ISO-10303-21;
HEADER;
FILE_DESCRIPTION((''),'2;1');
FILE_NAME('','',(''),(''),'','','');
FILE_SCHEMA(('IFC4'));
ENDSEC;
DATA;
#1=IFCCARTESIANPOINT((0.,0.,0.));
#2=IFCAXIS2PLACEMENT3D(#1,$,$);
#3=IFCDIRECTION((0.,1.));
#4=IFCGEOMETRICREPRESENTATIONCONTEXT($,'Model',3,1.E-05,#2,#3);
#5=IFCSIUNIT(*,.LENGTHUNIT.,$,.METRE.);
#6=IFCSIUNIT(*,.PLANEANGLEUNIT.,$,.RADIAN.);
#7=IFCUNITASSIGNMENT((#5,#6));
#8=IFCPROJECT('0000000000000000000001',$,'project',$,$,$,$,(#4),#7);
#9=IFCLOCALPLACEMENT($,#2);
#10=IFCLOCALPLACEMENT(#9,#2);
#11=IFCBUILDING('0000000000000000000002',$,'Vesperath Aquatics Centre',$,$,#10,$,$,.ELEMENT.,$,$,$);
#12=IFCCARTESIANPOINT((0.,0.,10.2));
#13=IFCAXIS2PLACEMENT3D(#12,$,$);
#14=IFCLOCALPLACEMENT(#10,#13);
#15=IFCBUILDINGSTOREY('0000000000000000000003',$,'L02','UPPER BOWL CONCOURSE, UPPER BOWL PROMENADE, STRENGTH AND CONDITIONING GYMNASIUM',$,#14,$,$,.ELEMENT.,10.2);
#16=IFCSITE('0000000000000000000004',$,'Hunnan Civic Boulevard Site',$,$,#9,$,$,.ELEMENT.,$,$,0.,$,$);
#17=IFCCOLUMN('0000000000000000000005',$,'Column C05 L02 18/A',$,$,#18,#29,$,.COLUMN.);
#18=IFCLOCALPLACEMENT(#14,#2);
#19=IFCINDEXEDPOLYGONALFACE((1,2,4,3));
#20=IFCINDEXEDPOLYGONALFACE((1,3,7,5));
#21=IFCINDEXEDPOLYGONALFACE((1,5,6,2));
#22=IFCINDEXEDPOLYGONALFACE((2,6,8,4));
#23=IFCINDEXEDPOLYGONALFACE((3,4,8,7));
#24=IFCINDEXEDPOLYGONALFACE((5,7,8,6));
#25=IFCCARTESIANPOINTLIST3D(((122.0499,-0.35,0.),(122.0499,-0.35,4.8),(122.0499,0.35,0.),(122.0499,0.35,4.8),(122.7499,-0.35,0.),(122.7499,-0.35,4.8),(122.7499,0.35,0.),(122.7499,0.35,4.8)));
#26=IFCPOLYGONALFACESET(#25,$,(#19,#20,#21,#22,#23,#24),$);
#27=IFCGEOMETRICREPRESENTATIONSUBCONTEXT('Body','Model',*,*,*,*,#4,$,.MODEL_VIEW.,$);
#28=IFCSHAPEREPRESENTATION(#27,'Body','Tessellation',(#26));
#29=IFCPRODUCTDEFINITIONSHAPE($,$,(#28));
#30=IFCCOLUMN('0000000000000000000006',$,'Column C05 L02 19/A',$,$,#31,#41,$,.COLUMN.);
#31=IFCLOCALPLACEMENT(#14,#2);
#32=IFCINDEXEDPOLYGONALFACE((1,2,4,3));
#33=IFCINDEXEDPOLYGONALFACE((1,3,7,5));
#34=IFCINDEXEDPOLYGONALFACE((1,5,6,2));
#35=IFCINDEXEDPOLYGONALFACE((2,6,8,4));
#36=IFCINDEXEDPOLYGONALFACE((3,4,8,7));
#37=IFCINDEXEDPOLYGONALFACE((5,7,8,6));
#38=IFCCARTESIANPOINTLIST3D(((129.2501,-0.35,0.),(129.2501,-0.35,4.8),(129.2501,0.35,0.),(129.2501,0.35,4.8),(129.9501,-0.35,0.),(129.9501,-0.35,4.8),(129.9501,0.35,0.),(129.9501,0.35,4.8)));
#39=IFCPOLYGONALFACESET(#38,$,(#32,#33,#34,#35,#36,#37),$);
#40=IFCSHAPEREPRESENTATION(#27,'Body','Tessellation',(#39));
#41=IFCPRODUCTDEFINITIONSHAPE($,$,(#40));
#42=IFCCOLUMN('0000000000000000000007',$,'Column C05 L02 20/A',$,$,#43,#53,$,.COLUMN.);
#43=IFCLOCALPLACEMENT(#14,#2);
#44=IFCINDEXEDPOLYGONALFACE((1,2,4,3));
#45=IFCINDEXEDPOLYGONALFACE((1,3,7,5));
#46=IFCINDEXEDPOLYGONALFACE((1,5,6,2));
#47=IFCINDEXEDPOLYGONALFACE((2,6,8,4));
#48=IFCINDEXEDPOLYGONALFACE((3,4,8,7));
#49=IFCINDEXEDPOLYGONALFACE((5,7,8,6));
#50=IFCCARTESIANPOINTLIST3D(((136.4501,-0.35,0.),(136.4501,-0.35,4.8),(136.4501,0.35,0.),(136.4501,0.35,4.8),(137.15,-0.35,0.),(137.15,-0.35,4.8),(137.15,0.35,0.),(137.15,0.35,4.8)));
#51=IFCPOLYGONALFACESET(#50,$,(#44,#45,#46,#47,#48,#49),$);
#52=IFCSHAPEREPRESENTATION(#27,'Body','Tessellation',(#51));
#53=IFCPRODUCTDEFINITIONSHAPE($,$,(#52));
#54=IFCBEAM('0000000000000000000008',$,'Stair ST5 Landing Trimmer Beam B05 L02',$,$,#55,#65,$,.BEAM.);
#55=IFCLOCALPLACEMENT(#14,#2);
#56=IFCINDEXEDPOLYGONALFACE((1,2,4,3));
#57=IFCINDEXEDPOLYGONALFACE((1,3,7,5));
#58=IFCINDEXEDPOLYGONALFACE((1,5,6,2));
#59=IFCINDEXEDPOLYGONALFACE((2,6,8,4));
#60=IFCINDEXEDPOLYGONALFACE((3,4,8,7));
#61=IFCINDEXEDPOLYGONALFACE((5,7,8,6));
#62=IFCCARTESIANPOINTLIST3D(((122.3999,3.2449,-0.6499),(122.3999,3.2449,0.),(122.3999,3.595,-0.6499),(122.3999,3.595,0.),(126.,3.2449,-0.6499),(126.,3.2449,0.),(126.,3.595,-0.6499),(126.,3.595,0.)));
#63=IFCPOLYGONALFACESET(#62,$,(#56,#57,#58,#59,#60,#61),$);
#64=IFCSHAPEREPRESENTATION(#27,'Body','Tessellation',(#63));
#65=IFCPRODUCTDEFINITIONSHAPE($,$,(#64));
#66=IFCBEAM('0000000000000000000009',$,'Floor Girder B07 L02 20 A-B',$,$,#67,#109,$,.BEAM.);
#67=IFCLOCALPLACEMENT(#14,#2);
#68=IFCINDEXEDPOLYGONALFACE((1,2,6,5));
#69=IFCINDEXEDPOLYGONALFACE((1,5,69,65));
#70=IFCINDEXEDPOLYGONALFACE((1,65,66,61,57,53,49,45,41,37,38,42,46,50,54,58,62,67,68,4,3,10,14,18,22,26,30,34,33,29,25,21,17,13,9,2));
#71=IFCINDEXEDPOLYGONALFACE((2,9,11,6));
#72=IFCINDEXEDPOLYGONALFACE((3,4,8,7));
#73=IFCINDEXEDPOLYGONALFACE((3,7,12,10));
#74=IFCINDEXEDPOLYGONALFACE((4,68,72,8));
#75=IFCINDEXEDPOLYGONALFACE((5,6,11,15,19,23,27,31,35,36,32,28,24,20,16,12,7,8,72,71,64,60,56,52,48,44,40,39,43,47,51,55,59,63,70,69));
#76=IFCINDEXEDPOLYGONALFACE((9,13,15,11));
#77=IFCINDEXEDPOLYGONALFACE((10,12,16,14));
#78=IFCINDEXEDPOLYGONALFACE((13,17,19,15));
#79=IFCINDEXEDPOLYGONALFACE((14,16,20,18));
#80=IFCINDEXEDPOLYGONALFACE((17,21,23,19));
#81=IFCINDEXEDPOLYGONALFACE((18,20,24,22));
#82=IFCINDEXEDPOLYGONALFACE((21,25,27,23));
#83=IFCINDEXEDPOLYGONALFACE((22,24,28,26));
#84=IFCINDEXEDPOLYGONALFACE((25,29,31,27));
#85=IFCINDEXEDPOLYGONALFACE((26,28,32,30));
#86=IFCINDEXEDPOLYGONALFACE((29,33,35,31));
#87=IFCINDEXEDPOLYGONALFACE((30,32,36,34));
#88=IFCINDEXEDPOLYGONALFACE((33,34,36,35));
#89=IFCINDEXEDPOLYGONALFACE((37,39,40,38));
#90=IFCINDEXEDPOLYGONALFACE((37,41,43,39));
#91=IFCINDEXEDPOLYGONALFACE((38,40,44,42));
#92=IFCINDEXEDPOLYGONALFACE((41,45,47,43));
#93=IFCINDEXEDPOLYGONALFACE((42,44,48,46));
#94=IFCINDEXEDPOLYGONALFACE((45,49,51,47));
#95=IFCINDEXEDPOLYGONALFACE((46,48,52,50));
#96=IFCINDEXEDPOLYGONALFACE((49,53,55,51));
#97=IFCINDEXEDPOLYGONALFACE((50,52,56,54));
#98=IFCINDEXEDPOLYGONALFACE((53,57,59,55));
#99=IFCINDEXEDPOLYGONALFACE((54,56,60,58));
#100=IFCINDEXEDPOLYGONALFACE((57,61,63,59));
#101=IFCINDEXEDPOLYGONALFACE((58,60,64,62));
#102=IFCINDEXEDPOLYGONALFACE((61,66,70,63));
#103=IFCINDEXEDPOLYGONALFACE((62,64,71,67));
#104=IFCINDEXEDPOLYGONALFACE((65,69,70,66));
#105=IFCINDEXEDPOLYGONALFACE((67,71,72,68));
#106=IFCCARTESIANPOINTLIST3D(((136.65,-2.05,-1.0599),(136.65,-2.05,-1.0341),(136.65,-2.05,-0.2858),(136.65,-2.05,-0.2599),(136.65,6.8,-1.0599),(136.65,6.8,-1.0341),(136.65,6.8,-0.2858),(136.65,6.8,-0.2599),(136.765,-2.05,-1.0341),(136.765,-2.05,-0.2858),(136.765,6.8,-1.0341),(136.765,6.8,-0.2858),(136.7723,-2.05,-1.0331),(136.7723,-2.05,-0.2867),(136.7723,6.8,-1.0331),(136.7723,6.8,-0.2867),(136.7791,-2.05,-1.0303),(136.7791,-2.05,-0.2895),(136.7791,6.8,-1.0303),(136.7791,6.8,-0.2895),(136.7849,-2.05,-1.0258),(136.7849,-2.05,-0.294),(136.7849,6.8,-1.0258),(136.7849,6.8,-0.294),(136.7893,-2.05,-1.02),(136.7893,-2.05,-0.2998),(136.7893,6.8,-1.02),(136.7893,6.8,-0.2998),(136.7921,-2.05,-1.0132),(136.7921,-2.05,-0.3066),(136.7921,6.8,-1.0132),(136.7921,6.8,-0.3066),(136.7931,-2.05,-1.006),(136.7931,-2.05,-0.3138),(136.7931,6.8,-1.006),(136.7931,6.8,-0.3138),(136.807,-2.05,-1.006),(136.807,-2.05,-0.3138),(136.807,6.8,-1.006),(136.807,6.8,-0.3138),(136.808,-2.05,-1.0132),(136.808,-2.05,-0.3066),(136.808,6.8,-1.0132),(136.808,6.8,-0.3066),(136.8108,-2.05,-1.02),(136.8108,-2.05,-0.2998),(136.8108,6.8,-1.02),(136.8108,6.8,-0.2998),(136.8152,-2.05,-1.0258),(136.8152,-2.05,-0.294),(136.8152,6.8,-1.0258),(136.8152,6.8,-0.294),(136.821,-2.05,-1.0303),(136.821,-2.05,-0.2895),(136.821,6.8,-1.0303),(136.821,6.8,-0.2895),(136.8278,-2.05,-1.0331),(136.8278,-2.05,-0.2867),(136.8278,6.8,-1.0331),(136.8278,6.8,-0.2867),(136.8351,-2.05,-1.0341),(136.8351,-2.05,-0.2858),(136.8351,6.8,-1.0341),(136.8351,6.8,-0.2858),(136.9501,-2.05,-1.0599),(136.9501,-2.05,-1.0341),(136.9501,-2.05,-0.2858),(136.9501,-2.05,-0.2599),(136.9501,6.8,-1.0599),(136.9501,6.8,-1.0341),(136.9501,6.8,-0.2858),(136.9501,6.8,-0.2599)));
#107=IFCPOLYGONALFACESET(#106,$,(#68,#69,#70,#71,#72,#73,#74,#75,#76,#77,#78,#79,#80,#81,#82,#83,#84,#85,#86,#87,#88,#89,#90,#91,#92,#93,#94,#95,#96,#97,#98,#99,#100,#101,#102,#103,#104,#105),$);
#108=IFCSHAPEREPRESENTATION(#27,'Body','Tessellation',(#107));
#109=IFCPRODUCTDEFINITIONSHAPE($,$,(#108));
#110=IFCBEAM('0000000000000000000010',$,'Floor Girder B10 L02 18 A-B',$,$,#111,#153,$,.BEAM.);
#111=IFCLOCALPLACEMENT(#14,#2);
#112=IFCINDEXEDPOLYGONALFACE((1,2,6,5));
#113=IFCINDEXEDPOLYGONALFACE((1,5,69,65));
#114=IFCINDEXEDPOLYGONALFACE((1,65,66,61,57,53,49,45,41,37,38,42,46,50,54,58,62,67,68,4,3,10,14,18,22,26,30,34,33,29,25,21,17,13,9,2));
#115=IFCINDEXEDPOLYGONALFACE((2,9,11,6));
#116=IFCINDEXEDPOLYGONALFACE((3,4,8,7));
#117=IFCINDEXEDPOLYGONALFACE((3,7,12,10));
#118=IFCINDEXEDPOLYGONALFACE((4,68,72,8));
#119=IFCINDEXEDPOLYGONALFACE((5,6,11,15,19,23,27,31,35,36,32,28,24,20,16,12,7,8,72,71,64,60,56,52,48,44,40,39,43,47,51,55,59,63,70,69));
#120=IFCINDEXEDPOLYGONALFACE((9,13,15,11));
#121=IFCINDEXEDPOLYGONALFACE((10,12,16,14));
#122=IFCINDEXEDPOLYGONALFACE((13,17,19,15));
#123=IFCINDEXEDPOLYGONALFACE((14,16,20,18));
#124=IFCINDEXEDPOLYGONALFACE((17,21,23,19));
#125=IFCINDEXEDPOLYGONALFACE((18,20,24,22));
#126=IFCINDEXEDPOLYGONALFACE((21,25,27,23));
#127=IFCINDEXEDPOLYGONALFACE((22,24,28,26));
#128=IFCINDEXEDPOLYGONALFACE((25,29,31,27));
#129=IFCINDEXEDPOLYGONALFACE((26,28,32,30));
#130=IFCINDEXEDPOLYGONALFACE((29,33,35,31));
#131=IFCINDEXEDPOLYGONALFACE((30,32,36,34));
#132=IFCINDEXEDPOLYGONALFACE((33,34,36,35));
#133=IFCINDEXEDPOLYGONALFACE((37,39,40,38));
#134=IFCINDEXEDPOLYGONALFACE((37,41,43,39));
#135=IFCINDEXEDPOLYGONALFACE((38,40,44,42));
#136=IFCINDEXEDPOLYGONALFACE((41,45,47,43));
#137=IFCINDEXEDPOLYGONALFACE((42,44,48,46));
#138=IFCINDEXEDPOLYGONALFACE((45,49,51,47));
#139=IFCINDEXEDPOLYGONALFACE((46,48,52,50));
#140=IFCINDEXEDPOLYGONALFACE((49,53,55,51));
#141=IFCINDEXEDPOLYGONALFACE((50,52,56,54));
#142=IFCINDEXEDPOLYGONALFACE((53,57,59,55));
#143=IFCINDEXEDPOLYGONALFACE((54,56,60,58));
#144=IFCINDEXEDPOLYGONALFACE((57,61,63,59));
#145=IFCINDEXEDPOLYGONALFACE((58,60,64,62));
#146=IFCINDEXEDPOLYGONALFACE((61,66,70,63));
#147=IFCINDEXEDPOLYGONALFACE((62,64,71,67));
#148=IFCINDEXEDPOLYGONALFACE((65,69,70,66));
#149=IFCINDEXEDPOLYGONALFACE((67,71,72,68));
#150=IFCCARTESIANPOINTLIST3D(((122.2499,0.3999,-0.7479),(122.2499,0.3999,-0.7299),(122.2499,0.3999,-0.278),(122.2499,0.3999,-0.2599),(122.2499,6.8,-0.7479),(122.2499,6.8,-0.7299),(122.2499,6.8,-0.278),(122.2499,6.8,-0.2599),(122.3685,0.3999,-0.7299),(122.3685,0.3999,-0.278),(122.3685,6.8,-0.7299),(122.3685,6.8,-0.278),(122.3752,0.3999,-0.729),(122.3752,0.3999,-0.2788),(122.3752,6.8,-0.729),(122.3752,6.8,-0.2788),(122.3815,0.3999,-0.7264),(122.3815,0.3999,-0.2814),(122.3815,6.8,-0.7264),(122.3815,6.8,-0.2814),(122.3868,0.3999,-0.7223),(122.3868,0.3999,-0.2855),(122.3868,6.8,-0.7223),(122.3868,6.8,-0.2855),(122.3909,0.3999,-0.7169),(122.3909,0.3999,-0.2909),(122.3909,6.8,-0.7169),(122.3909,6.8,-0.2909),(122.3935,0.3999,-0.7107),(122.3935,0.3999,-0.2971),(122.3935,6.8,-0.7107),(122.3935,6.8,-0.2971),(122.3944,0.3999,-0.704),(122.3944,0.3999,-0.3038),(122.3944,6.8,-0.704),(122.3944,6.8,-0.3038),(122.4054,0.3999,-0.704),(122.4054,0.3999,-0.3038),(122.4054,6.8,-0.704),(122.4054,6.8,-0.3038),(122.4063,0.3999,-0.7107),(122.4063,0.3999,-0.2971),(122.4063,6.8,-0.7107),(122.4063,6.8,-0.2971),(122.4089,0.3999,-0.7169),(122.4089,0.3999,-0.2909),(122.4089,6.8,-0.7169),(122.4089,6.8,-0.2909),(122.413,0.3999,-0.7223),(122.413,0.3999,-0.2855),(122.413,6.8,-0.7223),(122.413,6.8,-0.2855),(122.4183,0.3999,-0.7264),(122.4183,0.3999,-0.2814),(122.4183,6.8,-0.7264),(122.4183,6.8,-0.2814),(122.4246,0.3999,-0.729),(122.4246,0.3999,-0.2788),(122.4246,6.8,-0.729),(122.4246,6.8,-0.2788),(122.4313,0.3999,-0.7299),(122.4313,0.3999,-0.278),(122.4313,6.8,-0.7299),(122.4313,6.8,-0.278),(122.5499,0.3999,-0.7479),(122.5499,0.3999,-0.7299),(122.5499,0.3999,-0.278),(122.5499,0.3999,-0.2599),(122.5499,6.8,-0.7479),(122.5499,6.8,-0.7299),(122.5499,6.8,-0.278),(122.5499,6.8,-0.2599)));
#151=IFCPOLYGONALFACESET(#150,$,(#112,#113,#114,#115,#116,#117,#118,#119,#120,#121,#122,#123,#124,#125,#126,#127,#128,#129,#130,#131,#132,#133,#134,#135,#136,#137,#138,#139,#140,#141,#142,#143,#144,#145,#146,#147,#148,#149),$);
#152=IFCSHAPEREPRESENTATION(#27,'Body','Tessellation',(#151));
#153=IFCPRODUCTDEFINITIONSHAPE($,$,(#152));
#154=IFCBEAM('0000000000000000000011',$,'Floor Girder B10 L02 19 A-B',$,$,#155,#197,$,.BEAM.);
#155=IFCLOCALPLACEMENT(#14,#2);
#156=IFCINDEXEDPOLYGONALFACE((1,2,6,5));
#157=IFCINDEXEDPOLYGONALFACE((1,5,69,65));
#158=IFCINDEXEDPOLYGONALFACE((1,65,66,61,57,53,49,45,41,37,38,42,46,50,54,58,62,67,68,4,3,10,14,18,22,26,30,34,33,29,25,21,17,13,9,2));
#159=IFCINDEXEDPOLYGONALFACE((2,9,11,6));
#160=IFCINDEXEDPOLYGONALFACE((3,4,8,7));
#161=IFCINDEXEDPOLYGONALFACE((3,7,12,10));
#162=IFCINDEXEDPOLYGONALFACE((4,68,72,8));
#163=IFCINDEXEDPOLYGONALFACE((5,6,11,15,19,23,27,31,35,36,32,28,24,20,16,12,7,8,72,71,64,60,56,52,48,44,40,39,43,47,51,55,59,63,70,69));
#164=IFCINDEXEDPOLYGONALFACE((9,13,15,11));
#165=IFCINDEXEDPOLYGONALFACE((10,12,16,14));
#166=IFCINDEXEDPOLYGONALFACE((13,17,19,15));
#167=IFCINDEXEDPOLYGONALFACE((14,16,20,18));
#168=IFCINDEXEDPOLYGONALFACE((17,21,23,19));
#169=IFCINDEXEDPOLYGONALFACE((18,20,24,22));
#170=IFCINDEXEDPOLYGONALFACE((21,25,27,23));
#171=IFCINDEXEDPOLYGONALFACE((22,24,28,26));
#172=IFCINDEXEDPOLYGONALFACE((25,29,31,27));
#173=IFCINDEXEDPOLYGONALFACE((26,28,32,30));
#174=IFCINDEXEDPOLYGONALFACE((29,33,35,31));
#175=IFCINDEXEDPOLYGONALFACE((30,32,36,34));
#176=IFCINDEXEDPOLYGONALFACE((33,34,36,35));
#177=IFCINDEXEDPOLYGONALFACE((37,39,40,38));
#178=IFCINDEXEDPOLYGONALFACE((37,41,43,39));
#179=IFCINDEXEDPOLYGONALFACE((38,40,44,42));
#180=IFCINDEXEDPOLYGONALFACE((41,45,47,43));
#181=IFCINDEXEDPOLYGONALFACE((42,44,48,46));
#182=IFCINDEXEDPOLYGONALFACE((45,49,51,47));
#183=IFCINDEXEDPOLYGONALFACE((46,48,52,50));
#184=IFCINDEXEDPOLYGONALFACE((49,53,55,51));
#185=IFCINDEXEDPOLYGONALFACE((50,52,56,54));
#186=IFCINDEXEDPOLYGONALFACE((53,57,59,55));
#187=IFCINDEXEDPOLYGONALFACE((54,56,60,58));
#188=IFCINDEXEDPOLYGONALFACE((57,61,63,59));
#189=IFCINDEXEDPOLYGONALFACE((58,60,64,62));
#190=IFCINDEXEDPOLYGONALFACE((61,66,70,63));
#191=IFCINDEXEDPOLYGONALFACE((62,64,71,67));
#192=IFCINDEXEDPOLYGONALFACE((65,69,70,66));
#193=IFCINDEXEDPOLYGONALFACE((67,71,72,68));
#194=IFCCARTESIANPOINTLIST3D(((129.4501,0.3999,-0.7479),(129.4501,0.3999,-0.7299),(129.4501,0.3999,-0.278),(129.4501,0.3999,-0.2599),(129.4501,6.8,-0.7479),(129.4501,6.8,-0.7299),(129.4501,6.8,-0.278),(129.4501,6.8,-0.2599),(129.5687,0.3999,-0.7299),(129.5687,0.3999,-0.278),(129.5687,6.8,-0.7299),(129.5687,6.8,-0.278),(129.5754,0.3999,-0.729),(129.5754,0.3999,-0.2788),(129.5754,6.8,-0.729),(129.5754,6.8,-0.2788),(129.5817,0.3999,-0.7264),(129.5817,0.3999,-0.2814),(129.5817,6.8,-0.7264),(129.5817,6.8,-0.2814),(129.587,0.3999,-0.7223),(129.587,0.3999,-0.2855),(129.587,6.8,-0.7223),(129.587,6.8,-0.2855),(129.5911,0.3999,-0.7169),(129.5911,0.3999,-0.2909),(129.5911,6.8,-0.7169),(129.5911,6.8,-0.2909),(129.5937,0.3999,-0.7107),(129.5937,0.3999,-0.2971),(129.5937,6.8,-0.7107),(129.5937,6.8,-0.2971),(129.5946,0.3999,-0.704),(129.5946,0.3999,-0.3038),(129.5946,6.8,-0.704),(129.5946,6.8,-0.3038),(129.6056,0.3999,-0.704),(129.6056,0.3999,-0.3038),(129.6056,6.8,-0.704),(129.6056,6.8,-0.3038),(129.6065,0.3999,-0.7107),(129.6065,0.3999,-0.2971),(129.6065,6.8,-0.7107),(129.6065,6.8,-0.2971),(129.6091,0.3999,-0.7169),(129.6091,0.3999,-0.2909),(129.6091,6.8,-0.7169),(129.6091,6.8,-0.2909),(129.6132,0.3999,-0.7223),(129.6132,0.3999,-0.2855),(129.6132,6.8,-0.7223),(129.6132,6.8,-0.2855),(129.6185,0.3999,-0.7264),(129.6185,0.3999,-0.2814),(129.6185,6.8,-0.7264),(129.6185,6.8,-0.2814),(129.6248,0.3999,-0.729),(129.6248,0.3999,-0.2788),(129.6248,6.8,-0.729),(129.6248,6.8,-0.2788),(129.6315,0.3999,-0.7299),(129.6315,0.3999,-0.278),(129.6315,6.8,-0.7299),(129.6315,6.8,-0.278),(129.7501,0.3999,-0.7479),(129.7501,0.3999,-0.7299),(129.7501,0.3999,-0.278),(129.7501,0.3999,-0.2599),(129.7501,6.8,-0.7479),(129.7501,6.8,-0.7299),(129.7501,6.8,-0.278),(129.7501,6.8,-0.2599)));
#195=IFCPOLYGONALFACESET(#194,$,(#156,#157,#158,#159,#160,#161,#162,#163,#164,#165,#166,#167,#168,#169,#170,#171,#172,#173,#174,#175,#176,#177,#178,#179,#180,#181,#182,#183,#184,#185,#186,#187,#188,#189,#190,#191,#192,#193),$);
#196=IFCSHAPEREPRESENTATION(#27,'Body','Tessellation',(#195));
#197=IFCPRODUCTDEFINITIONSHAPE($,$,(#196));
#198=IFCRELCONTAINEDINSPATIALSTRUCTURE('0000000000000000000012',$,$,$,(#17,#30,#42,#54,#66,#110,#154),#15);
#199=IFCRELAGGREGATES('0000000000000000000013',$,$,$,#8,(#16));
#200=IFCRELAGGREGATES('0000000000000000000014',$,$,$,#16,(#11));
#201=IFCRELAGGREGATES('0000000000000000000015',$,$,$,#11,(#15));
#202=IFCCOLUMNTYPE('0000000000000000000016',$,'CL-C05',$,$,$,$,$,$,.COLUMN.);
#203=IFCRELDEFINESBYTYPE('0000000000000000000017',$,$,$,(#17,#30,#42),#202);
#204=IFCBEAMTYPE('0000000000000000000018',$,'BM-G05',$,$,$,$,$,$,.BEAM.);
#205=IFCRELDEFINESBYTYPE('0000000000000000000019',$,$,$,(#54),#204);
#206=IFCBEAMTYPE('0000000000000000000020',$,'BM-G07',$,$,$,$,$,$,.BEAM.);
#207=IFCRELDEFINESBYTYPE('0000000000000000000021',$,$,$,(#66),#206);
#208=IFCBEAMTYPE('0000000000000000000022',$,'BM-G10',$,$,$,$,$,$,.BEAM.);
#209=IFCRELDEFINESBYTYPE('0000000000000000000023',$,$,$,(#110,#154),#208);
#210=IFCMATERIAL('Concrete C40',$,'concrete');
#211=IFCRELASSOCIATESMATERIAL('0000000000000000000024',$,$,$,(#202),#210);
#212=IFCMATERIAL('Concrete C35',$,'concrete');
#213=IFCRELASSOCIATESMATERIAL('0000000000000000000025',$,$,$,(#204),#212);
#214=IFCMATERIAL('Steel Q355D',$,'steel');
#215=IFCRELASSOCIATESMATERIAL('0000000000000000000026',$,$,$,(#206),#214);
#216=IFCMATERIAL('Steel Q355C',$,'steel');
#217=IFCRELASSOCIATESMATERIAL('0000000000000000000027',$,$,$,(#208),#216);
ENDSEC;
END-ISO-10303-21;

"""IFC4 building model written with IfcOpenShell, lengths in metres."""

from ifc_helpers import new_model, si_unit, direction, frame, origin, origin_2d, place, context, subcontext, project, spatial, rectangle, i_section, extrude, material, material_profile, profile_set, type_object, element, save


model = new_model("IFC4")

# Units and contexts
model_context = context("Model", 3, precision=1e-05, world=origin(), true_north=direction((0.0, 1.0)))
body_context = subcontext(model_context, "Body", "Model", "MODEL_VIEW")
ifc_project = project(units=[si_unit("LENGTHUNIT", "METRE"), si_unit("PLANEANGLEUNIT", "RADIAN")], contexts=[model_context])

# Site, building, storey
site_placement = place(None, origin())
site = spatial("IfcSite", under=ifc_project, at=site_placement, Name="Hunnan Civic Boulevard Site", CompositionType="ELEMENT", RefElevation=0.0)
building_placement = place(site_placement, origin())
building = spatial("IfcBuilding", under=site, at=building_placement, Name="Vesperath Aquatics Centre", CompositionType="ELEMENT")
storey_placement = place(building_placement, frame((0.0, 0.0, 10.2)))
storey = spatial("IfcBuildingStorey", under=building, at=storey_placement, Name="L02", Description="UPPER BOWL CONCOURSE, UPPER BOWL PROMENADE, STRENGTH AND CONDITIONING GYMNASIUM", CompositionType="ELEMENT", Elevation=10.2)

# Columns
ifc_material_1 = material(Name="Concrete C40", Category="concrete")
ifc_material_profile_1 = material_profile(ifc_material_1, rectangle(XDim=0.7, YDim=0.7, at=origin_2d()), Name="RC 700x700")
ifc_profile_set_1 = profile_set([ifc_material_profile_1], Name="Concrete C40")
column_type = type_object("IfcColumnType", Name="CL-C05", PredefinedType="COLUMN", material=ifc_profile_set_1)
for number, where, z_axis, x_axis, name in (
    (1, (122.3999, 0.0, 0.0), (0.0, 0.0, 1.0), (1.0, 0.0, 0.0), "Column C05 L02 18/A"),
    (2, (129.6001, 0.0, 0.0), (0.0, 0.0, 1.0), (1.0, 0.0, 0.0), "Column C05 L02 19/A"),
    (3, (136.8, 0.0, 0.0), (0.0, 0.0, 1.0), (1.0, 0.0, 0.0), "Column C05 L02 20/A"),
):
    element("IfcColumn", number, at=place(storey_placement, frame(where, z_axis=z_axis, x_axis=x_axis)), inside=storey, type_object=column_type, Name=name, PredefinedType="COLUMN", context=body_context, shape_type="SweptSolid", body=[
        extrude(rectangle(XDim=0.7, YDim=0.7, at=origin_2d()), origin(), (0.0, 0.0, 1.0), 4.8),
    ])

# Beams
ifc_material_2 = material(Name="Concrete C35", Category="concrete")
ifc_material_profile_2 = material_profile(ifc_material_2, rectangle(XDim=0.3501, YDim=0.6499, at=origin_2d()), Name="RC 350x650")
ifc_profile_set_2 = profile_set([ifc_material_profile_2], Name="Concrete C35")
beam_type_1 = type_object("IfcBeamType", Name="BM-G05", PredefinedType="BEAM", material=ifc_profile_set_2)
beam_1_placement = place(storey_placement, frame((122.3999, 3.4199, -0.325), z_axis=(1.0, 0.0, 0.0), x_axis=(0.0, 1.0, 0.0)))
element("IfcBeam", 4, at=beam_1_placement, inside=storey, type_object=beam_type_1, Name="Stair ST5 Landing Trimmer Beam B05 L02", PredefinedType="BEAM", context=body_context, shape_type="SweptSolid", body=[
    extrude(rectangle(XDim=0.3501, YDim=0.6499, at=origin_2d()), origin(), (0.0, 0.0, 1.0), 3.6001),
])
ifc_material_3 = material(Name="Steel Q355D", Category="steel")
ifc_material_profile_3 = material_profile(ifc_material_3, i_section(OverallWidth=0.3, OverallDepth=0.8, WebThickness=0.0139, FlangeThickness=0.0259, FilletRadius=0.0281, at=origin_2d()), Name="HN 800x300x14x26")
ifc_profile_set_3 = profile_set([ifc_material_profile_3], Name="Steel Q355D")
beam_type_2 = type_object("IfcBeamType", Name="BM-G07", PredefinedType="BEAM", material=ifc_profile_set_3)
beam_2_placement = place(storey_placement, frame((136.8, -2.05, -0.6599), z_axis=(0.0, 1.0, 0.0), x_axis=(-1.0, 0.0, 0.0)))
element("IfcBeam", 5, at=beam_2_placement, inside=storey, type_object=beam_type_2, Name="Floor Girder B07 L02 20 A-B", PredefinedType="BEAM", context=body_context, shape_type="SweptSolid", body=[
    extrude(i_section(OverallWidth=0.3, OverallDepth=0.8, WebThickness=0.0139, FlangeThickness=0.0259, FilletRadius=0.0281, at=origin_2d()), origin(), (0.0, 0.0, 1.0), 8.8501),
])
ifc_material_4 = material(Name="Steel Q355C", Category="steel")
ifc_material_profile_4 = material_profile(ifc_material_4, i_section(OverallWidth=0.3, OverallDepth=0.488, WebThickness=0.011, FlangeThickness=0.0181, FilletRadius=0.0259, at=origin_2d()), Name="HM 488x300x11x18")
ifc_profile_set_4 = profile_set([ifc_material_profile_4], Name="Steel Q355C")
beam_type_3 = type_object("IfcBeamType", Name="BM-G10", PredefinedType="BEAM", material=ifc_profile_set_4)
for number, where, z_axis, x_axis, name in (
    (6, (122.3999, 0.3999, -0.5039), (0.0, 1.0, 0.0), (-1.0, 0.0, 0.0), "Floor Girder B10 L02 18 A-B"),
    (7, (129.6001, 0.3999, -0.5039), (0.0, 1.0, 0.0), (-1.0, 0.0, 0.0), "Floor Girder B10 L02 19 A-B"),
):
    element("IfcBeam", number, at=place(storey_placement, frame(where, z_axis=z_axis, x_axis=x_axis)), inside=storey, type_object=beam_type_3, Name=name, PredefinedType="BEAM", context=body_context, shape_type="SweptSolid", body=[
        extrude(i_section(OverallWidth=0.3, OverallDepth=0.488, WebThickness=0.011, FlangeThickness=0.0181, FilletRadius=0.0259, at=origin_2d()), origin(), (0.0, 0.0, 1.0), 6.4001),
    ])

save(model, "model.ifc")
